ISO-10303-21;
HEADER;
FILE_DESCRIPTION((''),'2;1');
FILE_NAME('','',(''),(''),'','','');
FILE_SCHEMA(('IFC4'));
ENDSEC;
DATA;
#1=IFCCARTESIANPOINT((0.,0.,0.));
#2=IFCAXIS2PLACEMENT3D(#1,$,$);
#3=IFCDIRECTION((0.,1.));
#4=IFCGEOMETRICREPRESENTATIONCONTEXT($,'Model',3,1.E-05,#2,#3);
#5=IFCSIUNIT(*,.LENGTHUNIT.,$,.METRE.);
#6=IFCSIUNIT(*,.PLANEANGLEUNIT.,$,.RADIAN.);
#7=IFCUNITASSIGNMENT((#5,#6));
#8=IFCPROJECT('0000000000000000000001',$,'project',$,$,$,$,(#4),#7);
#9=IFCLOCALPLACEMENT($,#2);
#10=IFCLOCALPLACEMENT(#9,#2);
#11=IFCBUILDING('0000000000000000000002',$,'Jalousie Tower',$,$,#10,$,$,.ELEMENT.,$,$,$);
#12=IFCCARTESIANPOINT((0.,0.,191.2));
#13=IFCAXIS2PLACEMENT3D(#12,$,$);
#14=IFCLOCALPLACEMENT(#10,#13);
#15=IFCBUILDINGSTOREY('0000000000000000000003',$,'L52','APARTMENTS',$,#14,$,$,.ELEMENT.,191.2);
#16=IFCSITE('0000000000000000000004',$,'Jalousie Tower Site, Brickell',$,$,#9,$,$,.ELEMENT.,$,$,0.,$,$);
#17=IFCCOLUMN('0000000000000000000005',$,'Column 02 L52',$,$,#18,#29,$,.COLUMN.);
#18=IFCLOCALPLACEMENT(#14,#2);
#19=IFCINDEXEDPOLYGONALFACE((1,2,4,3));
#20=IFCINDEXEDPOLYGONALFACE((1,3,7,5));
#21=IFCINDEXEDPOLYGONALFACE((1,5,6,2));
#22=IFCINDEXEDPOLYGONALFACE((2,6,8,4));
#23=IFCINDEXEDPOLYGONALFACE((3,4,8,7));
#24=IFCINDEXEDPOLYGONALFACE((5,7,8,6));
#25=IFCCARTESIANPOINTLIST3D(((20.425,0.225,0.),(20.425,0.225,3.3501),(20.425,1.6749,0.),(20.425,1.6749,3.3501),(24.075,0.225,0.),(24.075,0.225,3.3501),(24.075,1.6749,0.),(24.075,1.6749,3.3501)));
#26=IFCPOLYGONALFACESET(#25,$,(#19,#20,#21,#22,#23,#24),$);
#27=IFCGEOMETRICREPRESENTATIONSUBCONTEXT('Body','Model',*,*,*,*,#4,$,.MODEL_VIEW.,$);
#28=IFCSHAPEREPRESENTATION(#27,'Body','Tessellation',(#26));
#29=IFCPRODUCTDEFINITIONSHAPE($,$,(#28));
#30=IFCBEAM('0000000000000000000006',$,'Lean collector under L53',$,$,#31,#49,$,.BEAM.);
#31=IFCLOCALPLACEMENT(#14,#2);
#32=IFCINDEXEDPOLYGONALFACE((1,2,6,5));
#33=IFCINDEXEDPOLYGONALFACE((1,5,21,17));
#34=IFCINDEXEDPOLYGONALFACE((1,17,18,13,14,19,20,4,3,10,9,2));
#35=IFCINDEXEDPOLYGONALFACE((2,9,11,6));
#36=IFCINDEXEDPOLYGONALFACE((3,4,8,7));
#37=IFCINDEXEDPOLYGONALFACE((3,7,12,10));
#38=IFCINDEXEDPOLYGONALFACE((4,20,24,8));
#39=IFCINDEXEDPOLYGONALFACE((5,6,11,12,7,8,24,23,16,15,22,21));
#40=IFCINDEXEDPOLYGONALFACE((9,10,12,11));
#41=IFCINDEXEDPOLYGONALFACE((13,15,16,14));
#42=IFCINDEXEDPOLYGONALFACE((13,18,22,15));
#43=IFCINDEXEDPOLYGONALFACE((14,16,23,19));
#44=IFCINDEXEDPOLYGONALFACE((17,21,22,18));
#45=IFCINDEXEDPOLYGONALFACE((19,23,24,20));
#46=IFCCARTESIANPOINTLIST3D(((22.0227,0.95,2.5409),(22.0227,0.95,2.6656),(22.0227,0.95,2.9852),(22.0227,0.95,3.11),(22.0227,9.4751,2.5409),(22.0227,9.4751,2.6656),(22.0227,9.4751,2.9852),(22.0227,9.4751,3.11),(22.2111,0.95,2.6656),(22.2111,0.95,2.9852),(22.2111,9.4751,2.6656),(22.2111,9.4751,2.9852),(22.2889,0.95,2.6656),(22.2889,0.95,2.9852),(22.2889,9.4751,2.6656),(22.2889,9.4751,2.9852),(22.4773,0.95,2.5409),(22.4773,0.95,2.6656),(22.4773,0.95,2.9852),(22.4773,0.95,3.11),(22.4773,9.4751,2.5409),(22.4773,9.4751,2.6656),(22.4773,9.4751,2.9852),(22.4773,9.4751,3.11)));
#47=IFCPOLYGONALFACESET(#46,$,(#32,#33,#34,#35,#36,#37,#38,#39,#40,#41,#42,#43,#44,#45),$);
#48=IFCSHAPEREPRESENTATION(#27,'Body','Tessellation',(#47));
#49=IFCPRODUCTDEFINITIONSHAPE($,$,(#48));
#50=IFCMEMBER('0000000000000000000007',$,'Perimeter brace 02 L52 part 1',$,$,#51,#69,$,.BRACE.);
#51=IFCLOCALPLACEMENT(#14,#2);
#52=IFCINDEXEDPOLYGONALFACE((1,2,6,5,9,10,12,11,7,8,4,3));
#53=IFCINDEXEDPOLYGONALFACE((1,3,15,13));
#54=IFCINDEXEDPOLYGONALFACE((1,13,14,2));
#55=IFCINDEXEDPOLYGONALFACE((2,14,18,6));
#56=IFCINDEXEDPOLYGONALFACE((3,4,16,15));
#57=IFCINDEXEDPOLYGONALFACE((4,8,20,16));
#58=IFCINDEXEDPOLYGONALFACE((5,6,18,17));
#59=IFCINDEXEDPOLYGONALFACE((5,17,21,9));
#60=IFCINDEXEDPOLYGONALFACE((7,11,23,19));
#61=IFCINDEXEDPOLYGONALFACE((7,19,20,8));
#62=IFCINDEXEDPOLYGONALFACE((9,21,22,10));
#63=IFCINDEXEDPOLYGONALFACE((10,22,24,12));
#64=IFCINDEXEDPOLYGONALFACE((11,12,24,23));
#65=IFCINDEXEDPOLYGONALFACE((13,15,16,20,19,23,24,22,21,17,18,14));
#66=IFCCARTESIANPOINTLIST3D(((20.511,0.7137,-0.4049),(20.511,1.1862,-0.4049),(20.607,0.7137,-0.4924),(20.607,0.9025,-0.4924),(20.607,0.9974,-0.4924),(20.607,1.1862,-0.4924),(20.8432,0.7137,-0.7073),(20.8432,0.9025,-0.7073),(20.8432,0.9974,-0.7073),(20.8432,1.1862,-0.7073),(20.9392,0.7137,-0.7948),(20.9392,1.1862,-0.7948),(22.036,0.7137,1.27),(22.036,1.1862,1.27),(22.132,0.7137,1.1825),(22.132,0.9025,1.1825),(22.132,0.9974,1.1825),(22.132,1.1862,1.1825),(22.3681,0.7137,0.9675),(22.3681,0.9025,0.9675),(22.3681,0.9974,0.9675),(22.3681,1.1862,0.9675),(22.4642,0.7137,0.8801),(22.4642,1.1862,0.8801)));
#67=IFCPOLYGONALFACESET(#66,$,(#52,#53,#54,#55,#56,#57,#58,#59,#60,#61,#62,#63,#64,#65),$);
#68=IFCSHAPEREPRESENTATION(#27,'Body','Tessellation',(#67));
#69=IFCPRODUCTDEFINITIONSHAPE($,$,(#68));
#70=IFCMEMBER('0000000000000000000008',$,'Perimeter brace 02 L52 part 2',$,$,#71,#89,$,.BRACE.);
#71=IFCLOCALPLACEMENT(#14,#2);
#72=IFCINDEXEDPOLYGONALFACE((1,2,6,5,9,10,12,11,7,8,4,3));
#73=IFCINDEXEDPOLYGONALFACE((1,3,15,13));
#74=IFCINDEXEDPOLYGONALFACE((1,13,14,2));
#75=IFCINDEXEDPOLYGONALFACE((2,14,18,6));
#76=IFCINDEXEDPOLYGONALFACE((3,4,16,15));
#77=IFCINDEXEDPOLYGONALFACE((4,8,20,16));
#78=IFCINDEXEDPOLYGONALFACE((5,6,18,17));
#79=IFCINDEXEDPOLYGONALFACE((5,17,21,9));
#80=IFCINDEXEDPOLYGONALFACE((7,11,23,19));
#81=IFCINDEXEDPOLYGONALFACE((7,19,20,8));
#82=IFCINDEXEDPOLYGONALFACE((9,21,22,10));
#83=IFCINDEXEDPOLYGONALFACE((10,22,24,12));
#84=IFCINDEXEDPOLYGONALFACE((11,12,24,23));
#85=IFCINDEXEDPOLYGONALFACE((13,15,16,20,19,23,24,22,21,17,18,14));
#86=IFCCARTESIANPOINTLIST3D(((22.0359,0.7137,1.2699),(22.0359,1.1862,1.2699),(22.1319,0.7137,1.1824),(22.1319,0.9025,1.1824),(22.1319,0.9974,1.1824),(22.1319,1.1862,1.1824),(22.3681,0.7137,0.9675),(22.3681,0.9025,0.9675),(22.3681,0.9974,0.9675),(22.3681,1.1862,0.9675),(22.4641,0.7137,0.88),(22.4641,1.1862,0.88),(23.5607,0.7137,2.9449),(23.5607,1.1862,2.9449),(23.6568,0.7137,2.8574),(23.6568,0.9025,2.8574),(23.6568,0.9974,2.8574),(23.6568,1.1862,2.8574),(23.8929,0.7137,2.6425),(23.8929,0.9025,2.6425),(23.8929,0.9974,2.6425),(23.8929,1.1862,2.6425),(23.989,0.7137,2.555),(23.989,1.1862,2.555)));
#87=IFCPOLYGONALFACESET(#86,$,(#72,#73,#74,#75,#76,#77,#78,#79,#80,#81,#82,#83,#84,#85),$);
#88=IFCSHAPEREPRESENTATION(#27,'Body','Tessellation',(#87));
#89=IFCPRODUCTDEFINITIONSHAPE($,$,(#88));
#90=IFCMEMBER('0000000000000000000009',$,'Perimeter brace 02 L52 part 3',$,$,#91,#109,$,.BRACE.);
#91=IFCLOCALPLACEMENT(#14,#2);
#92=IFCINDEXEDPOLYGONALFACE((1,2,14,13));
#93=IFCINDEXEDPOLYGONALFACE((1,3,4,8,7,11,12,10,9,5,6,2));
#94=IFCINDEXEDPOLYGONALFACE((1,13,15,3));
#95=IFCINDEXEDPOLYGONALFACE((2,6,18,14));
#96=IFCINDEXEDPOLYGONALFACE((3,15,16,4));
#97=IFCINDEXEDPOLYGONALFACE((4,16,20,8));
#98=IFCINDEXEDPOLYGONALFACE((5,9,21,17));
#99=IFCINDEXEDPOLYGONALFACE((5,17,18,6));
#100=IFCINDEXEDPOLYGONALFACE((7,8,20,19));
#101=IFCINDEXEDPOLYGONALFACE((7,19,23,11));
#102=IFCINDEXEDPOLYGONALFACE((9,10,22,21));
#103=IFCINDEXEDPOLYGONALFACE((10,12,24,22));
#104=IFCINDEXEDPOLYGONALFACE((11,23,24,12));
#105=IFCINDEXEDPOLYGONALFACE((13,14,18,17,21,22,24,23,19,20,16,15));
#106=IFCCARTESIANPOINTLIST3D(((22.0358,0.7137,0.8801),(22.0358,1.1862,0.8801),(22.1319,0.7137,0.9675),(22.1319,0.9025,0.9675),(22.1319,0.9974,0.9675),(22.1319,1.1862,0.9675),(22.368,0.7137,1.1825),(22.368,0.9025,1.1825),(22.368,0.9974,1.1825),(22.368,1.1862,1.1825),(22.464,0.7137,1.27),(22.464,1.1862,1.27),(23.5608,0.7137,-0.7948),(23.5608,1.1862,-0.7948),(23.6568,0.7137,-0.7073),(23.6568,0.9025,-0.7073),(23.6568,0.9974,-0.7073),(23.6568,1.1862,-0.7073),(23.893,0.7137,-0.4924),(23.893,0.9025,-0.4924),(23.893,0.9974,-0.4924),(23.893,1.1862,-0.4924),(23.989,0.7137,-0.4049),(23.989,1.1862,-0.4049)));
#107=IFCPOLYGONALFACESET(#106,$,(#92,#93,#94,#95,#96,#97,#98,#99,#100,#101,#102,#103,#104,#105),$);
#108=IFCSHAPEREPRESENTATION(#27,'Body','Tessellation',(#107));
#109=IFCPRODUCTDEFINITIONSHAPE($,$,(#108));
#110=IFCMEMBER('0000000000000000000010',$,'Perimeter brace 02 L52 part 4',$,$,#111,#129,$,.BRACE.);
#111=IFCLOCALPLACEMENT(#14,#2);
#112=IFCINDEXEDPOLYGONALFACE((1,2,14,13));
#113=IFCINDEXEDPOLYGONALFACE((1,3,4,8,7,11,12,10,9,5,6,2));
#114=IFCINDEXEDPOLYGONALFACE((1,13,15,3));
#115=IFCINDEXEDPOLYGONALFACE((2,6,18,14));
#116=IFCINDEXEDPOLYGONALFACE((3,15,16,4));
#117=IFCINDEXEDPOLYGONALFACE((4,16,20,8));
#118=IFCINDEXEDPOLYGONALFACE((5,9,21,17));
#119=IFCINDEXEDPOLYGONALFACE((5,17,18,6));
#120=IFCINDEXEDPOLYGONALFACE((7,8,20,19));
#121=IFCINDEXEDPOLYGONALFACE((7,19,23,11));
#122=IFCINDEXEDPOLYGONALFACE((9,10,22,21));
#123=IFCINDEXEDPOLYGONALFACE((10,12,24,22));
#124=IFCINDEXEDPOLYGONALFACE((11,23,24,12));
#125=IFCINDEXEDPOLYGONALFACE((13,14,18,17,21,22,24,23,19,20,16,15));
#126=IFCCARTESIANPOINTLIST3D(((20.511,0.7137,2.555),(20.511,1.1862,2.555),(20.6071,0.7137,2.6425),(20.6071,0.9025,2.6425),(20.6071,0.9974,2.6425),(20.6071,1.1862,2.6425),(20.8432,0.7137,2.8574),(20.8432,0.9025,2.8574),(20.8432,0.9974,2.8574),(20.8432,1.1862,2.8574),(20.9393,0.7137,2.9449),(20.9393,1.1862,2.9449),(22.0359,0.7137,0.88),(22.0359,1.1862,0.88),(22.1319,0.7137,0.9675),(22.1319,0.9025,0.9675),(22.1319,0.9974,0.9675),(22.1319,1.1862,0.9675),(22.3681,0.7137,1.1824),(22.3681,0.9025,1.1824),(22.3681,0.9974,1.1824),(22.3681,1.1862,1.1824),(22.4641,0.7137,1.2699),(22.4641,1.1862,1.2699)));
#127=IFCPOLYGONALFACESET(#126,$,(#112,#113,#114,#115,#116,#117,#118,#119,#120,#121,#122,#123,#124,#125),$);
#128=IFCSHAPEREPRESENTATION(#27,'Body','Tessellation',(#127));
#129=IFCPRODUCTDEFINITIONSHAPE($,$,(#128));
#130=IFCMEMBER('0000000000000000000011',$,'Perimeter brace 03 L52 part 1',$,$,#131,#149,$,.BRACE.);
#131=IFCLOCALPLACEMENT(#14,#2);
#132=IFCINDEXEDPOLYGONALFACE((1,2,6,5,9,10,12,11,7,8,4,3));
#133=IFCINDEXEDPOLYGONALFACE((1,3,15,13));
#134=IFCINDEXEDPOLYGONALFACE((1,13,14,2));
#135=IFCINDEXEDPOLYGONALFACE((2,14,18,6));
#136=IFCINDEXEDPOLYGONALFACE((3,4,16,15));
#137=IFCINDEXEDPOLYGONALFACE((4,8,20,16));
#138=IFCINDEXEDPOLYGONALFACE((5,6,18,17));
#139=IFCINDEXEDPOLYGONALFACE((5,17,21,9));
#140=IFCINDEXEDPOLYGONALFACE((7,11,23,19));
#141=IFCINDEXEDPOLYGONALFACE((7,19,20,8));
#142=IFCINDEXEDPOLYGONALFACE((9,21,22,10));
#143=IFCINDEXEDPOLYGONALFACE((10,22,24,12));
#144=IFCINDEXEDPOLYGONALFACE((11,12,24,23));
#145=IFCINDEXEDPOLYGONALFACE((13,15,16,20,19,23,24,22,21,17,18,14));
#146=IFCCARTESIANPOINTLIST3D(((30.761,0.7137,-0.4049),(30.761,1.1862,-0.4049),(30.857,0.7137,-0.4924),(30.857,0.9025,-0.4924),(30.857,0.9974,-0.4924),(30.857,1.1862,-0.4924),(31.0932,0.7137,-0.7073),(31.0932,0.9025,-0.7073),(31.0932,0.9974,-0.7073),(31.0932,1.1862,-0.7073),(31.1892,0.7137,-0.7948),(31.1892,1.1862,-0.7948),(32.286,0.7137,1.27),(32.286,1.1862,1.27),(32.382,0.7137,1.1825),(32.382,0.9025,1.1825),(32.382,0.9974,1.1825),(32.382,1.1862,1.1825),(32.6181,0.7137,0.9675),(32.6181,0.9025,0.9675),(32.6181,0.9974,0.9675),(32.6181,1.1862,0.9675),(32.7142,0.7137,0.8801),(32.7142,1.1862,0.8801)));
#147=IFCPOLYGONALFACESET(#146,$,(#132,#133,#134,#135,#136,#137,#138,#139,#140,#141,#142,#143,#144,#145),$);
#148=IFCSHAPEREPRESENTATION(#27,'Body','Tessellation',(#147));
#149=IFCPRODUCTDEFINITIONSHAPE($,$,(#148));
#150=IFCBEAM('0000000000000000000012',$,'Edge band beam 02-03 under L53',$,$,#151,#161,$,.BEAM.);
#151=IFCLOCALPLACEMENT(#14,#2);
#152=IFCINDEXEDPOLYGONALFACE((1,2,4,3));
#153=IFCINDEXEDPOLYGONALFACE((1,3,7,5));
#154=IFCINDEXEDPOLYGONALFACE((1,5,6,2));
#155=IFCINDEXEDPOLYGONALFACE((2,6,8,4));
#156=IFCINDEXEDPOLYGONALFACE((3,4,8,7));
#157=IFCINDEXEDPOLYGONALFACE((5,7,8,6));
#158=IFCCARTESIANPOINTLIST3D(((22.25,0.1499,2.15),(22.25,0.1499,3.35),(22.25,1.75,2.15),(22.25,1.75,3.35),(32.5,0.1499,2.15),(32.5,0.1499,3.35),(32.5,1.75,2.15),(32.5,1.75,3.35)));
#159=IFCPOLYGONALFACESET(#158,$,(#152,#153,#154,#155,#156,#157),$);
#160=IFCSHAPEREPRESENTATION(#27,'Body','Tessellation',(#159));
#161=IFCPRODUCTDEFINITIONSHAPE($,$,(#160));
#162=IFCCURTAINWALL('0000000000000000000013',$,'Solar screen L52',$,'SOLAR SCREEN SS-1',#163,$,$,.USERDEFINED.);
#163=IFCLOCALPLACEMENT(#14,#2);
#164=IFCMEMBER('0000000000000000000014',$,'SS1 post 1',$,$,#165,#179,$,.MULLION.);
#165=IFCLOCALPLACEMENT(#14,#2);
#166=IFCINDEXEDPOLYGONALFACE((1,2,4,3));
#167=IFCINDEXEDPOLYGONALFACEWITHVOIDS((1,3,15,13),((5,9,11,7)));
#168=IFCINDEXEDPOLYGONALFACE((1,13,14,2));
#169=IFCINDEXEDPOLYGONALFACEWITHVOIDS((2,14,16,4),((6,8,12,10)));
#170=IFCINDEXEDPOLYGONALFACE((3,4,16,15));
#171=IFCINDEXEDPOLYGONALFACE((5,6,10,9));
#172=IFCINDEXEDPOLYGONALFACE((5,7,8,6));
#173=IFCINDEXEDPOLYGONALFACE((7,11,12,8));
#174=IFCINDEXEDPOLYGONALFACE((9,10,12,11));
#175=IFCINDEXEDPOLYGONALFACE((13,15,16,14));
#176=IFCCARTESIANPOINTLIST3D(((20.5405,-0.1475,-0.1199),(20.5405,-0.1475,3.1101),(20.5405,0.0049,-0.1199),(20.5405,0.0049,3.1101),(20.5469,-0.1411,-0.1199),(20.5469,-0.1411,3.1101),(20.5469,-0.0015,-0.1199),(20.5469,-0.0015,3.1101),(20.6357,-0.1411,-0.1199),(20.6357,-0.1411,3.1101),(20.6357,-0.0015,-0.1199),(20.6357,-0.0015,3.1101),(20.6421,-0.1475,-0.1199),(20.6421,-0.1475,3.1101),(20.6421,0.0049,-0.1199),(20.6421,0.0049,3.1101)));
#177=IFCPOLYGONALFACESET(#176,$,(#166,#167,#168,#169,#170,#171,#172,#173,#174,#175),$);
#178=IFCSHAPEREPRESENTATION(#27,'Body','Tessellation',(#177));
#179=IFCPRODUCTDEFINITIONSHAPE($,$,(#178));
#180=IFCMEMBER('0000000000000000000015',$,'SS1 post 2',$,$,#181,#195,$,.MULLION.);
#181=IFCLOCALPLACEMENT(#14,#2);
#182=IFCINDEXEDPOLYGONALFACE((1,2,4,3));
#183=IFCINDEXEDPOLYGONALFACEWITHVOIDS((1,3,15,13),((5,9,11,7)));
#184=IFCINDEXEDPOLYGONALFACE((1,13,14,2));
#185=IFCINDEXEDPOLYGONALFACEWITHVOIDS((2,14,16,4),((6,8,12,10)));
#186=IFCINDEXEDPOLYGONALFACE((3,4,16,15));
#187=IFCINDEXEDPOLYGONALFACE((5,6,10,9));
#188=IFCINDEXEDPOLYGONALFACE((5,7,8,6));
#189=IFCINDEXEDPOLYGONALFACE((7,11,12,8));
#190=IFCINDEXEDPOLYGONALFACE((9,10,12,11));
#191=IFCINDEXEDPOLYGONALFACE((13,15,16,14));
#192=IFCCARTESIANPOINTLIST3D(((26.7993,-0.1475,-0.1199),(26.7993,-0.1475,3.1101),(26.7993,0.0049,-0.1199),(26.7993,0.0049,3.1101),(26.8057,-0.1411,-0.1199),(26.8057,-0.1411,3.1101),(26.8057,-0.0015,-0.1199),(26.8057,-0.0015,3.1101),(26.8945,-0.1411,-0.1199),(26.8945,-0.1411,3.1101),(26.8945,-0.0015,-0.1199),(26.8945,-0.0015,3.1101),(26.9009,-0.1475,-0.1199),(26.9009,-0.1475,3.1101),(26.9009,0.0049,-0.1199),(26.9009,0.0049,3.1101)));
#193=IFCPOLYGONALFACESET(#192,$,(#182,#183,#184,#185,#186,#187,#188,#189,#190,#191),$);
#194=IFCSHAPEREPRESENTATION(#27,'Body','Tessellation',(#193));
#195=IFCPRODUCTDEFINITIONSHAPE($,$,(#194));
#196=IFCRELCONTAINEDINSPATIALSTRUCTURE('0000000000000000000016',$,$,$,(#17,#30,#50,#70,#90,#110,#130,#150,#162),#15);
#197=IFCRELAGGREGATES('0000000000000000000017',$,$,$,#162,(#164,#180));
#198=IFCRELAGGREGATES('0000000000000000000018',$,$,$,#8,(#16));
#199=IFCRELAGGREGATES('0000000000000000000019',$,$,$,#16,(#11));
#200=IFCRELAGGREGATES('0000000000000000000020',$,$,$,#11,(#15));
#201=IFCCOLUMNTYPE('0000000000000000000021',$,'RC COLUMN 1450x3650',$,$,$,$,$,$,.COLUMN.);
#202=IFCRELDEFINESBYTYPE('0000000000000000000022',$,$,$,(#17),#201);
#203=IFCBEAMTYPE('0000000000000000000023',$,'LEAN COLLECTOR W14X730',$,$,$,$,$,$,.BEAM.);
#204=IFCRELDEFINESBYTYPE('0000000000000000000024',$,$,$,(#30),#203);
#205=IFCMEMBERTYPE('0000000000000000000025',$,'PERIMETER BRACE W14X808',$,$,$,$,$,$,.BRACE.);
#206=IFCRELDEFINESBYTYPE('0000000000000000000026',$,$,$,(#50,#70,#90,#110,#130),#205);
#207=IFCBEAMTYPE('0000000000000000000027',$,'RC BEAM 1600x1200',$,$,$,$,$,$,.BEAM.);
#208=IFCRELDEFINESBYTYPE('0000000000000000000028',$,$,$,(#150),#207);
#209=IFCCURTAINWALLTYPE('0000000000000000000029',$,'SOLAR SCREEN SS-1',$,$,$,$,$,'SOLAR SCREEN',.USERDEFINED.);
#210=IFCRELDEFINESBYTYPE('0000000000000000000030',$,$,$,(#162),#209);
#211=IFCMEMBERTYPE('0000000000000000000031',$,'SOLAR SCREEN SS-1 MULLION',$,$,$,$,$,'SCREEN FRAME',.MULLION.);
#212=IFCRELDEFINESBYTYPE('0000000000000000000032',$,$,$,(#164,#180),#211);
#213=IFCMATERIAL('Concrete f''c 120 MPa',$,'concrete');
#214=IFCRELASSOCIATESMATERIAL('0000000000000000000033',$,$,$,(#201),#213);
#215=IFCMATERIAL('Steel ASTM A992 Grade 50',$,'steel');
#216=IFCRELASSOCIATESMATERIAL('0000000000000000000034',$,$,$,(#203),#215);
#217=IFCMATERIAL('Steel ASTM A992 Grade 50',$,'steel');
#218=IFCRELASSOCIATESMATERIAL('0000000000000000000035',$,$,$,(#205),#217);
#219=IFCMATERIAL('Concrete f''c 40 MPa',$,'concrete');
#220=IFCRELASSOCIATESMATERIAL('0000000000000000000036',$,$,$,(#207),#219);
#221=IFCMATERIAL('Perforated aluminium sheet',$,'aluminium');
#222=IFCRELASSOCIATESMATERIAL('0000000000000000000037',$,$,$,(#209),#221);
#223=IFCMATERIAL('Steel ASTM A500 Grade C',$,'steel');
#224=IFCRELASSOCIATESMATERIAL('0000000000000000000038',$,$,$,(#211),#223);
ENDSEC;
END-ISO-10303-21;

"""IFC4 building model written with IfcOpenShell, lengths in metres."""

from ifc_helpers import new_model, si_unit, direction, frame, origin, origin_2d, place, context, subcontext, project, spatial, rectangle, hollow_rectangle, i_section, extrude, material, material_profile, profile_set, type_object, element, aggregate, save


model = new_model("IFC4")

# Units and contexts
model_context = context("Model", 3, precision=1e-05, world=origin(), true_north=direction((0.0, 1.0)))
body_context = subcontext(model_context, "Body", "Model", "MODEL_VIEW")
ifc_project = project(units=[si_unit("LENGTHUNIT", "METRE"), si_unit("PLANEANGLEUNIT", "RADIAN")], contexts=[model_context])

# Site, building, storey
site_placement = place(None, origin())
site = spatial("IfcSite", under=ifc_project, at=site_placement, Name="Jalousie Tower Site, Brickell", CompositionType="ELEMENT", RefElevation=0.0)
building_placement = place(site_placement, origin())
building = spatial("IfcBuilding", under=site, at=building_placement, Name="Jalousie Tower", CompositionType="ELEMENT")
storey_placement = place(building_placement, frame((0.0, 0.0, 191.2)))
storey = spatial("IfcBuildingStorey", under=building, at=storey_placement, Name="L52", Description="APARTMENTS", CompositionType="ELEMENT", Elevation=191.2)

# Column
ifc_material_1 = material(Name="Concrete f'c 120 MPa", Category="concrete")
ifc_material_profile_1 = material_profile(ifc_material_1, rectangle(XDim=1.45, YDim=3.6499, at=origin_2d()), Name="RC 1450x3650")
ifc_profile_set_1 = profile_set([ifc_material_profile_1], Name="Concrete f'c 120 MPa")
column_type = type_object("IfcColumnType", Name="RC COLUMN 1450x3650", PredefinedType="COLUMN", material=ifc_profile_set_1)
column_placement = place(storey_placement, frame((22.25, 0.95, 0.0), z_axis=(0.0, 0.0, 1.0), x_axis=(0.0, 1.0, 0.0)))
element("IfcColumn", 1, at=column_placement, inside=storey, type_object=column_type, Name="Column 02 L52", PredefinedType="COLUMN", context=body_context, shape_type="SweptSolid", body=[
    extrude(rectangle(XDim=1.45, YDim=3.6499, at=origin_2d()), origin(), (0.0, 0.0, 1.0), 3.3501),
])

# Beam
ifc_material_2 = material(Name="Steel ASTM A992 Grade 50", Category="steel")
ifc_material_profile_2 = material_profile(ifc_material_2, i_section(OverallWidth=0.4546, OverallDepth=0.5691, WebThickness=0.0779, FlangeThickness=0.1248, at=origin_2d()), Name="W14X730")
ifc_profile_set_2 = profile_set([ifc_material_profile_2], Name="Steel ASTM A992 Grade 50")
beam_type_1 = type_object("IfcBeamType", Name="LEAN COLLECTOR W14X730", PredefinedType="BEAM", material=ifc_profile_set_2)
beam_1_placement = place(storey_placement, frame((22.25, 0.95, 2.8254), z_axis=(0.0, 1.0, 0.0), x_axis=(-1.0, 0.0, 0.0)))
element("IfcBeam", 2, at=beam_1_placement, inside=storey, type_object=beam_type_1, Name="Lean collector under L53", PredefinedType="BEAM", context=body_context, shape_type="SweptSolid", body=[
    extrude(i_section(OverallWidth=0.4546, OverallDepth=0.5691, WebThickness=0.0779, FlangeThickness=0.1248, at=origin_2d()), origin(), (0.0, 0.0, 1.0), 8.5251),
])

# Members
ifc_material_3 = material(Name="Steel ASTM A992 Grade 50", Category="steel")
ifc_material_profile_3 = material_profile(ifc_material_3, i_section(OverallWidth=0.4724, OverallDepth=0.5791, WebThickness=0.095, FlangeThickness=0.1299, at=origin_2d()), Name="W14X808")
ifc_profile_set_3 = profile_set([ifc_material_profile_3], Name="Steel ASTM A992 Grade 50")
member_type_1 = type_object("IfcMemberType", Name="PERIMETER BRACE W14X808", PredefinedType="BRACE", material=ifc_profile_set_3)
for number, where, z_axis, x_axis, name in (
    (3, (20.7251, 0.95, -0.5999), (0.673241, 0.0, 0.739423), (0.0, 1.0, 0.0), "Perimeter brace 02 L52 part 1"),
    (4, (22.25, 0.95, 1.075), (0.673188, 0.0, 0.739472), (0.0, 1.0, 0.0), "Perimeter brace 02 L52 part 2"),
    (5, (23.7749, 0.95, -0.5999), (-0.673241, 0.0, 0.739423), (0.0, -1.0, 0.0), "Perimeter brace 02 L52 part 3"),
    (6, (22.25, 0.95, 1.075), (-0.673188, 0.0, 0.739472), (0.0, -1.0, 0.0), "Perimeter brace 02 L52 part 4"),
    (7, (30.9751, 0.95, -0.5999), (0.673241, 0.0, 0.739423), (0.0, 1.0, 0.0), "Perimeter brace 03 L52 part 1"),
):
    element("IfcMember", number, at=place(storey_placement, frame(where, z_axis=z_axis, x_axis=x_axis)), inside=storey, type_object=member_type_1, Name=name, PredefinedType="BRACE", context=body_context, shape_type="SweptSolid", body=[
        extrude(i_section(OverallWidth=0.4724, OverallDepth=0.5791, WebThickness=0.095, FlangeThickness=0.1299, at=origin_2d()), origin(), (0.0, 0.0, 1.0), 2.2651),
    ])

# Beam
ifc_material_4 = material(Name="Concrete f'c 40 MPa", Category="concrete")
ifc_material_profile_4 = material_profile(ifc_material_4, rectangle(XDim=1.6001, YDim=1.2, at=origin_2d()), Name="RC 1600x1200")
ifc_profile_set_4 = profile_set([ifc_material_profile_4], Name="Concrete f'c 40 MPa")
beam_type_2 = type_object("IfcBeamType", Name="RC BEAM 1600x1200", PredefinedType="BEAM", material=ifc_profile_set_4)
beam_2_placement = place(storey_placement, frame((22.25, 0.95, 2.75), z_axis=(1.0, 0.0, 0.0), x_axis=(0.0, 1.0, 0.0)))
element("IfcBeam", 8, at=beam_2_placement, inside=storey, type_object=beam_type_2, Name="Edge band beam 02-03 under L53", PredefinedType="BEAM", context=body_context, shape_type="SweptSolid", body=[
    extrude(rectangle(XDim=1.6001, YDim=1.2, at=origin_2d()), origin(), (0.0, 0.0, 1.0), 10.25),
])

# Curtain wall, members
ifc_material_5 = material(Name="Perforated aluminium sheet", Category="aluminium")
curtain_wall_type = type_object("IfcCurtainWallType", Name="SOLAR SCREEN SS-1", ElementType="SOLAR SCREEN", PredefinedType="USERDEFINED", material=ifc_material_5)
curtain_wall_placement = place(storey_placement, origin())
curtain_wall = element("IfcCurtainWall", 9, at=curtain_wall_placement, inside=storey, type_object=curtain_wall_type, Name="Solar screen L52", ObjectType="SOLAR SCREEN SS-1", PredefinedType="USERDEFINED")
ifc_material_6 = material(Name="Steel ASTM A500 Grade C", Category="steel")
ifc_material_profile_5 = material_profile(ifc_material_6, hollow_rectangle(XDim=0.1016, YDim=0.1523, WallThickness=0.0063, at=origin_2d()), Name="HSS6X4X1/4")
ifc_profile_set_5 = profile_set([ifc_material_profile_5], Name="Steel ASTM A500 Grade C")
member_type_2 = type_object("IfcMemberType", Name="SOLAR SCREEN SS-1 MULLION", ElementType="SCREEN FRAME", PredefinedType="MULLION", material=ifc_profile_set_5)
member_1_placement = place(storey_placement, frame((20.5913, -0.0713, -0.1199), z_axis=(0.0, 0.0, 1.0), x_axis=(1.0, 0.0, 0.0)))
member_1 = element("IfcMember", 10, at=member_1_placement, type_object=member_type_2, Name="SS1 post 1", PredefinedType="MULLION", context=body_context, shape_type="SweptSolid", body=[
    extrude(hollow_rectangle(XDim=0.1016, YDim=0.1523, WallThickness=0.0063, at=origin_2d()), origin(), (0.0, 0.0, 1.0), 3.23),
])
member_2_placement = place(storey_placement, frame((26.8501, -0.0713, -0.1199), z_axis=(0.0, 0.0, 1.0), x_axis=(1.0, 0.0, 0.0)))
member_2 = element("IfcMember", 11, at=member_2_placement, type_object=member_type_2, Name="SS1 post 2", PredefinedType="MULLION", context=body_context, shape_type="SweptSolid", body=[
    extrude(hollow_rectangle(XDim=0.1016, YDim=0.1523, WallThickness=0.0063, at=origin_2d()), origin(), (0.0, 0.0, 1.0), 3.23),
])
aggregate(curtain_wall, [member_1, member_2])

save(model, "model.ifc")
